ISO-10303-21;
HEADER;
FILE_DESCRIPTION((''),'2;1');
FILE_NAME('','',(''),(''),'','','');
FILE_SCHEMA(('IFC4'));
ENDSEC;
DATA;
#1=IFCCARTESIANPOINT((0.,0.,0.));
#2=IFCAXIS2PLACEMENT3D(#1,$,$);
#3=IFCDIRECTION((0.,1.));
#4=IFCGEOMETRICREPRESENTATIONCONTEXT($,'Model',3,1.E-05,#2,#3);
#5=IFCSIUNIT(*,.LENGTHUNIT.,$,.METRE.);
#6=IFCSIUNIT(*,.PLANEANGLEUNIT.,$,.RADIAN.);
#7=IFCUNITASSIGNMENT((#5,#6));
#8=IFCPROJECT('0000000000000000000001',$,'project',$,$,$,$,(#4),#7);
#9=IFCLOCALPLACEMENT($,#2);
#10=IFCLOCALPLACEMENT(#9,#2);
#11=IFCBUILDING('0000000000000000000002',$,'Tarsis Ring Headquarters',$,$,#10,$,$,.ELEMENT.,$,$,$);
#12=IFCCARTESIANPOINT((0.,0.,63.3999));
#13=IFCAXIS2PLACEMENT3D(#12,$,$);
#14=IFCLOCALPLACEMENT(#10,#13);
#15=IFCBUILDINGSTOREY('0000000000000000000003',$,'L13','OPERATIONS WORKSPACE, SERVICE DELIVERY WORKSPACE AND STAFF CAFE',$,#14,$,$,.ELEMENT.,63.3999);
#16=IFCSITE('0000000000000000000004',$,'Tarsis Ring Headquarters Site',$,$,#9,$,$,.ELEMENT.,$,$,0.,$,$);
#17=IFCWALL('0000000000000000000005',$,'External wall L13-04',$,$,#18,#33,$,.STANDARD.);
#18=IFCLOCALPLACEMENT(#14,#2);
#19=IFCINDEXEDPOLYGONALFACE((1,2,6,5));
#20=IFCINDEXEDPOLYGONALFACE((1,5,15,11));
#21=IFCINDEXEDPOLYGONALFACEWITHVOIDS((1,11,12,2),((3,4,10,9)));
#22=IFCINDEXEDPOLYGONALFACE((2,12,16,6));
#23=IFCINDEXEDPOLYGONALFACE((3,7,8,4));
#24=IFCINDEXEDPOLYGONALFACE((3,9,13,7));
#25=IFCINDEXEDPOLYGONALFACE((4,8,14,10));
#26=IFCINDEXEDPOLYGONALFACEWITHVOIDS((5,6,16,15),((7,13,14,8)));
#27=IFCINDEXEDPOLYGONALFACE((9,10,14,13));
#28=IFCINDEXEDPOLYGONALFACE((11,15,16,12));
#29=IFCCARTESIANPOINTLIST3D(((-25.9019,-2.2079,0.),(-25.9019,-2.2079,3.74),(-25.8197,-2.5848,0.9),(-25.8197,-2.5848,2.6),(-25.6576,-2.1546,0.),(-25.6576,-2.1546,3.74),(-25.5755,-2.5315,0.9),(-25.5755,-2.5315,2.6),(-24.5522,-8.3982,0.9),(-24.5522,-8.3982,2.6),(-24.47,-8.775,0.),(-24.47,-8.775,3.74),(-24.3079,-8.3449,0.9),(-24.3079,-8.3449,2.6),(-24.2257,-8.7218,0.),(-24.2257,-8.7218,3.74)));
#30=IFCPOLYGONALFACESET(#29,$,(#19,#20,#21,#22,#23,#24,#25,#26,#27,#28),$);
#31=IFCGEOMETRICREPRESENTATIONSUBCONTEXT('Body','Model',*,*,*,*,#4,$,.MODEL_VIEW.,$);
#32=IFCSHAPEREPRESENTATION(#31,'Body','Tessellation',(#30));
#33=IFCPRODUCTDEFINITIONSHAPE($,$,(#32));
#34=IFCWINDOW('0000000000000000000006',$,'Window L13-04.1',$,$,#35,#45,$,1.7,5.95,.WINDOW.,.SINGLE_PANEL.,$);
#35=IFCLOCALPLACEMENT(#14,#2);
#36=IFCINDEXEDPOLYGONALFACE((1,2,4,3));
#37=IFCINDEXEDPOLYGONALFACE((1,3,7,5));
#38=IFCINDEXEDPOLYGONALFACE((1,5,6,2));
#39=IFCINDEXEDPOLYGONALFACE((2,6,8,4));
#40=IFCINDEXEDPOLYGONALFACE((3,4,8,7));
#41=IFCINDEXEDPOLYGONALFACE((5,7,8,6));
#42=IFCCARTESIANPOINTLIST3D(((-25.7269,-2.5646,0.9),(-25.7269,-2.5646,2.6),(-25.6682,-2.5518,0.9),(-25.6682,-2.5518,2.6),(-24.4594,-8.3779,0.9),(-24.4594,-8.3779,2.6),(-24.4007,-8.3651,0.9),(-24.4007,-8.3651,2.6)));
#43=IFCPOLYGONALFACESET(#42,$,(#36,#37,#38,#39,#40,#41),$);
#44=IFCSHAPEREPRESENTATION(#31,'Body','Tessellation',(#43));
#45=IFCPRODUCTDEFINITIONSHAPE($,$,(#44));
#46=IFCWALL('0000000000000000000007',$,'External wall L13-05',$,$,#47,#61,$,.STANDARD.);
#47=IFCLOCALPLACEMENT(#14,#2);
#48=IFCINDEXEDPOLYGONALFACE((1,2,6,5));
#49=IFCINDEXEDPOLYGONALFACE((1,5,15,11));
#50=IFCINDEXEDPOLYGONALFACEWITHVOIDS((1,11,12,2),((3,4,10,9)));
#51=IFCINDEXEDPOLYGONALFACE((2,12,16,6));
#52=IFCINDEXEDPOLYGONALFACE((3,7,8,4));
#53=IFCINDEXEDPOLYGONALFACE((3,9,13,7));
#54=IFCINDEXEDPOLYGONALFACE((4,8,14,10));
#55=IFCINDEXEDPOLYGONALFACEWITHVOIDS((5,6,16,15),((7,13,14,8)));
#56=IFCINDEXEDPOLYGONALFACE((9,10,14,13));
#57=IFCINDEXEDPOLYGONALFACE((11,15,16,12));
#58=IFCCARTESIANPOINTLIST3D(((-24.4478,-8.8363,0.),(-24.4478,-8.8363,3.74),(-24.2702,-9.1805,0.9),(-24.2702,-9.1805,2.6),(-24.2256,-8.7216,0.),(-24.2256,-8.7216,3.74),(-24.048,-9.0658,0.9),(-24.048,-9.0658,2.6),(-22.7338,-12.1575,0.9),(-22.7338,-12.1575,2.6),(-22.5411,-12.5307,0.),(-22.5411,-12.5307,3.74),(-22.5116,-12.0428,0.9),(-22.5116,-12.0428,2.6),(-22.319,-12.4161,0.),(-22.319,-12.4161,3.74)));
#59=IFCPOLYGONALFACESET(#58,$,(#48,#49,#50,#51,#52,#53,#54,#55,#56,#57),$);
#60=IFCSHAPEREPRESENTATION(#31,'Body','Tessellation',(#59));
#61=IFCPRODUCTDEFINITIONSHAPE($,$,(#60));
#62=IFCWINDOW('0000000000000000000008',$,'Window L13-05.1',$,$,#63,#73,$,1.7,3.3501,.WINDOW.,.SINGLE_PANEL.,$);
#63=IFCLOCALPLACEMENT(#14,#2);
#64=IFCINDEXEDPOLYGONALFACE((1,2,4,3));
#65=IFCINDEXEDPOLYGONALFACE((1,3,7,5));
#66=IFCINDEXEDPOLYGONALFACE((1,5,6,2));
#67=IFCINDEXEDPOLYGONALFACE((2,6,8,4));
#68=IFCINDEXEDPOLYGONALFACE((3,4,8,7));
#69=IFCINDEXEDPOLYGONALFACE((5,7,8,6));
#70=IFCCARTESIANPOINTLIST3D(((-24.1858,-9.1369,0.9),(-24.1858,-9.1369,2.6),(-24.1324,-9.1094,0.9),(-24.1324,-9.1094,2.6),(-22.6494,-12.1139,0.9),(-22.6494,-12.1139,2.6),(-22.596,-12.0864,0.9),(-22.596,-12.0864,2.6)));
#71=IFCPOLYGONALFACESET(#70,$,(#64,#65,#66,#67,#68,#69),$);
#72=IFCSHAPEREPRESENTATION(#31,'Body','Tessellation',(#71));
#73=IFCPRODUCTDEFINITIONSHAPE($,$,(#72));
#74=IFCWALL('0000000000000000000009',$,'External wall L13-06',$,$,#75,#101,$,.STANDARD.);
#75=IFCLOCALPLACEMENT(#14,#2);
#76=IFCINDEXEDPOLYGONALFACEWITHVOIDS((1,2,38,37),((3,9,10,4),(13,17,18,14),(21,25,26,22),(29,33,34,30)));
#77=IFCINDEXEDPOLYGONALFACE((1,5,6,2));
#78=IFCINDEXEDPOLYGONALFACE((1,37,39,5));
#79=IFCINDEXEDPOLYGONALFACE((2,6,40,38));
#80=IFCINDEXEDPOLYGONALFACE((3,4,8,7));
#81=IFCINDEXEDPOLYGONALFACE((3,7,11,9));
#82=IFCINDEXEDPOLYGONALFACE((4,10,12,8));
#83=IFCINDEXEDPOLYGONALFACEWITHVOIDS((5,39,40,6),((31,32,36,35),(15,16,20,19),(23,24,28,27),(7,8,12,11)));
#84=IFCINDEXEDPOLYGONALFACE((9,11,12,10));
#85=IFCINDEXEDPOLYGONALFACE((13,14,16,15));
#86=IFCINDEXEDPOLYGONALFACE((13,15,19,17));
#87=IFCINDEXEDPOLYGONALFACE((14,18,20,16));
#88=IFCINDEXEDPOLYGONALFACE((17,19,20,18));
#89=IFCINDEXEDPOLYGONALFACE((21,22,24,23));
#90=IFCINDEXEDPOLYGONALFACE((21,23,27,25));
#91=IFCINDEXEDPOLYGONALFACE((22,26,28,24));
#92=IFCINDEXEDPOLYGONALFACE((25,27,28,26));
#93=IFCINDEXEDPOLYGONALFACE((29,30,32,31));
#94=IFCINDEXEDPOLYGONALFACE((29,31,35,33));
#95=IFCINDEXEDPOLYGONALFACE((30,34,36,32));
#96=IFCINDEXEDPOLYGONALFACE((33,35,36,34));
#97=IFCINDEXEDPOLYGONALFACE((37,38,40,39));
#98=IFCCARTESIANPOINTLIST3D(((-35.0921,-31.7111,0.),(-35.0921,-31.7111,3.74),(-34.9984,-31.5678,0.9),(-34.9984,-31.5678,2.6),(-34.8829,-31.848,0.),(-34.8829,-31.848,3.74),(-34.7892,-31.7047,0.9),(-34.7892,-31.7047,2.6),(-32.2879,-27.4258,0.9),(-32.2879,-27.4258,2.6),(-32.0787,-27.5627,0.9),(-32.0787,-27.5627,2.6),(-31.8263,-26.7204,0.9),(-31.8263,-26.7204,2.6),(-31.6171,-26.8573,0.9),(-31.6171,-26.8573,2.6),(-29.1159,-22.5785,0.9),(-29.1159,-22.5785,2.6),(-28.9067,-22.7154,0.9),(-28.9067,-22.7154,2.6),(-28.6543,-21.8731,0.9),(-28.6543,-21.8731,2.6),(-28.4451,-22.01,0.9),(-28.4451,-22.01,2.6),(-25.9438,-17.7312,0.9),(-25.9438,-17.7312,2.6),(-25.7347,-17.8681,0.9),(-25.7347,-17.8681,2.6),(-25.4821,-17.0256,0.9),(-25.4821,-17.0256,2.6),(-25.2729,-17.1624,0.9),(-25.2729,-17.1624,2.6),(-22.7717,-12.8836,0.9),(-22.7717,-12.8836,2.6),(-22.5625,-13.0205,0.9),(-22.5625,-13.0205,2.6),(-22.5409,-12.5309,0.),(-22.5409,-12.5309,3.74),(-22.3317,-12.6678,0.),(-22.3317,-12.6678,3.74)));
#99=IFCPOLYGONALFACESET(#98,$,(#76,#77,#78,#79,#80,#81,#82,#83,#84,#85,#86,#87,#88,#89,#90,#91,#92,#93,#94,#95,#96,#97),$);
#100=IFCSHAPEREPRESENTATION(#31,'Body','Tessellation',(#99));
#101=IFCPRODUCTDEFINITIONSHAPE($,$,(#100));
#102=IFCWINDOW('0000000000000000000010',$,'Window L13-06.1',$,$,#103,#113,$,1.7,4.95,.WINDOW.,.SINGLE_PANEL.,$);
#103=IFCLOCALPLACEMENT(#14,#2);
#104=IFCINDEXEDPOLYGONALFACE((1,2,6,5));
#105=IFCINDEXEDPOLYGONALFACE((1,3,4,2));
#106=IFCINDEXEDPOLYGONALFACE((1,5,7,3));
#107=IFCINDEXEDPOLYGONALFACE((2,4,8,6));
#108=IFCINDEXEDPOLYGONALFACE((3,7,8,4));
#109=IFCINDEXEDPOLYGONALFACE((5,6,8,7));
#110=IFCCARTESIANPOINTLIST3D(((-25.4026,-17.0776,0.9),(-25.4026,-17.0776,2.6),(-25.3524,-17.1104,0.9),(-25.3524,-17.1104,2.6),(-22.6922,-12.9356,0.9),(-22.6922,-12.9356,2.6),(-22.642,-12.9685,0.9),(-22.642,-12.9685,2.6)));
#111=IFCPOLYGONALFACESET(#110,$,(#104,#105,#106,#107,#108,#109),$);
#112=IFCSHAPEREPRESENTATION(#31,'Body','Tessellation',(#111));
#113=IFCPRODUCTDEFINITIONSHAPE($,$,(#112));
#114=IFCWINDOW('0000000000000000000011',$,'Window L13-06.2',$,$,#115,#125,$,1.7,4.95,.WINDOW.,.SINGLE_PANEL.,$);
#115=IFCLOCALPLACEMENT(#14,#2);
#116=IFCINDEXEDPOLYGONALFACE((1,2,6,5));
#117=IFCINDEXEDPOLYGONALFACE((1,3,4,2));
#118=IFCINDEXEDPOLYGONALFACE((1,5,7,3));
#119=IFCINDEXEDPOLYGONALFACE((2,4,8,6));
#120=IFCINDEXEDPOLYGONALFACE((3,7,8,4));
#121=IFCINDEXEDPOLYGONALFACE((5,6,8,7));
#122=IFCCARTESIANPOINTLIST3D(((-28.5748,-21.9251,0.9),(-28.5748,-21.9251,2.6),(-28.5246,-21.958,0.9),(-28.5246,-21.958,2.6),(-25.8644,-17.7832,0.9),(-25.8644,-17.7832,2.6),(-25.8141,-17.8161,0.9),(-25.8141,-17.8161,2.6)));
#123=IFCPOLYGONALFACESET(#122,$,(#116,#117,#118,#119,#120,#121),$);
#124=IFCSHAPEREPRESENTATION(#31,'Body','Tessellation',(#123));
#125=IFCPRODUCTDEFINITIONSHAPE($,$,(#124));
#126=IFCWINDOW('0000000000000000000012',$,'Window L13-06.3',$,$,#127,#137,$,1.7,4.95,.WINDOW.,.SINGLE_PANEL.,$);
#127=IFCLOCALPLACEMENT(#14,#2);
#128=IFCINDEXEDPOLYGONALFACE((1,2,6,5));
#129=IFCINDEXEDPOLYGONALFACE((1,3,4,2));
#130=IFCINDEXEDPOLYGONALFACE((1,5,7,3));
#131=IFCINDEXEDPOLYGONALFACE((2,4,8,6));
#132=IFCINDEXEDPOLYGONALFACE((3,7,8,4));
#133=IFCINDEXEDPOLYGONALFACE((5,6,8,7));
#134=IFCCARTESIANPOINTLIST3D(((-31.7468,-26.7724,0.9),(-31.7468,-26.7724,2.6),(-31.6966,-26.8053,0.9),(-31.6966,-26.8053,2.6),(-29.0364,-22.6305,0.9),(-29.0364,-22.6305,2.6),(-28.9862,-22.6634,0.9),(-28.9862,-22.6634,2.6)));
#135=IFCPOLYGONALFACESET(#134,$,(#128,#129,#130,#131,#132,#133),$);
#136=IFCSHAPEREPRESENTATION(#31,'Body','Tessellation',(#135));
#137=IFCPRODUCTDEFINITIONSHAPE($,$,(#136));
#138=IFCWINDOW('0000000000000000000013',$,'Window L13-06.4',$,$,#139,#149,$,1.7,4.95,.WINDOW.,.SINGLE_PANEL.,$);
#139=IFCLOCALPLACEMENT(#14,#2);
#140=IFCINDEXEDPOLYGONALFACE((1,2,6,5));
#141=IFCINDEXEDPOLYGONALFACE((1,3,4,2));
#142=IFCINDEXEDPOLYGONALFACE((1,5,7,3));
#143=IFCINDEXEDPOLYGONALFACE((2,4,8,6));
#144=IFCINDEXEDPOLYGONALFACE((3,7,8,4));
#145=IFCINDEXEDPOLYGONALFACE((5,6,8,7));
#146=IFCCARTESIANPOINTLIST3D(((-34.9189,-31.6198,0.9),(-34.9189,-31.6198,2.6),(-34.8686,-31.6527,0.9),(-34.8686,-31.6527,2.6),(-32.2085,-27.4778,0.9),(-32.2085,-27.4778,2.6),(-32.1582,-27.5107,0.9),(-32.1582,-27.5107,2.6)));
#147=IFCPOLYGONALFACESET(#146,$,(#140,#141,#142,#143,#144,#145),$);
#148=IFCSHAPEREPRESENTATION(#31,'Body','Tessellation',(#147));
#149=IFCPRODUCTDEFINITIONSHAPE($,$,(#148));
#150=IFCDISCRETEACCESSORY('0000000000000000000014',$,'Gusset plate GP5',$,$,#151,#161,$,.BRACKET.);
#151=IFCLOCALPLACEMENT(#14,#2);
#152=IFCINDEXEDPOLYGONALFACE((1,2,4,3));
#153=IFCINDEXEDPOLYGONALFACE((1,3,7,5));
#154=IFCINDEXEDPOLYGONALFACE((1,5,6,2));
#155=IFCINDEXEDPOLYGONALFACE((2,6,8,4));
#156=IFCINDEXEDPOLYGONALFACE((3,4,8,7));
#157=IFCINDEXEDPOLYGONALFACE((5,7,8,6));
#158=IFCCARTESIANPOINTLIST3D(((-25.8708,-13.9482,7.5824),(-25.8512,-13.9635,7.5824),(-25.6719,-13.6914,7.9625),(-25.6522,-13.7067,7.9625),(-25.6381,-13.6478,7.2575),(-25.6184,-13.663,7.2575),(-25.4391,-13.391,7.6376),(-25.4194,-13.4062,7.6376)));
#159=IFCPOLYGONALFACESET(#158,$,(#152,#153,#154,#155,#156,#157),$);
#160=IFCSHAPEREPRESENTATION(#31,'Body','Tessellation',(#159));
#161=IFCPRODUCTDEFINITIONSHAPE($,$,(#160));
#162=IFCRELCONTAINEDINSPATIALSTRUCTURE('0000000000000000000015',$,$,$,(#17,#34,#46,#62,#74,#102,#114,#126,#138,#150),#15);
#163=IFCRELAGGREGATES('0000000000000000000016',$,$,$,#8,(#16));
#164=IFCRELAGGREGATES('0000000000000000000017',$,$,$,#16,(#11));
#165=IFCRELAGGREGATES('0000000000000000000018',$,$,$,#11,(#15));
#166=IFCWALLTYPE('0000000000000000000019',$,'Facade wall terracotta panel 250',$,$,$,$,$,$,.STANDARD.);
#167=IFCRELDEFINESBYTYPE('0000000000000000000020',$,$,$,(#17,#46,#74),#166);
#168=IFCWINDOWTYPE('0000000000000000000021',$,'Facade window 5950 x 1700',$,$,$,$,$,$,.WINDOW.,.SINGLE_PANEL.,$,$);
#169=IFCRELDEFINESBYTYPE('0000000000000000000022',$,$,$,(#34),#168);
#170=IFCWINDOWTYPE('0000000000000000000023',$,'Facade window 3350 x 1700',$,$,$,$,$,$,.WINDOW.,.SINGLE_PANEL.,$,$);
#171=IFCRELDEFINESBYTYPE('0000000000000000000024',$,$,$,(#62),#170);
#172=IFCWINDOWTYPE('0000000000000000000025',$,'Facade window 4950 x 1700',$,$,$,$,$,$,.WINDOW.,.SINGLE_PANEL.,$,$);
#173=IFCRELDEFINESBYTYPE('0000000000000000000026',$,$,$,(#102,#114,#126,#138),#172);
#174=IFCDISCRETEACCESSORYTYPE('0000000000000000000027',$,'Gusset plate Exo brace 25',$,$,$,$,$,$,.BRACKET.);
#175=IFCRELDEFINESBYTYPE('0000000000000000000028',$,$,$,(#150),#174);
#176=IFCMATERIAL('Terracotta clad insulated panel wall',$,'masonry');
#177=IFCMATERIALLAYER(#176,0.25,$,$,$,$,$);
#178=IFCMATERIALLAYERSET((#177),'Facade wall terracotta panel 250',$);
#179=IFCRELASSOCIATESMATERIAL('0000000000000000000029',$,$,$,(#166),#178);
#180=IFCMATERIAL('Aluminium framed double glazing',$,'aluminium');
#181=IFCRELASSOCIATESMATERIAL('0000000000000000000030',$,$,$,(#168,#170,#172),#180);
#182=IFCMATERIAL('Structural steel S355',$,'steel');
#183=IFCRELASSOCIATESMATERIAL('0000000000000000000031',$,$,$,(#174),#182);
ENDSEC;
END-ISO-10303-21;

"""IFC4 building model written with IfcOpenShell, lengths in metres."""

from ifc_helpers import new_model, si_unit, direction, frame, frame_2d, origin, origin_2d, place, context, subcontext, project, spatial, rectangle, extrude, material, layer, layer_set, material_profile, profile_set, type_object, element, fill, save


model = new_model("IFC4")

# Units and contexts
model_context = context("Model", 3, precision=1e-05, world=origin(), true_north=direction((0.0, 1.0)))
body_context = subcontext(model_context, "Body", "Model", "MODEL_VIEW")
ifc_project = project(units=[si_unit("LENGTHUNIT", "METRE"), si_unit("PLANEANGLEUNIT", "RADIAN")], contexts=[model_context])

# Site, building, storey
site_placement = place(None, origin())
site = spatial("IfcSite", under=ifc_project, at=site_placement, Name="Tarsis Ring Headquarters Site", CompositionType="ELEMENT", RefElevation=0.0)
building_placement = place(site_placement, origin())
building = spatial("IfcBuilding", under=site, at=building_placement, Name="Tarsis Ring Headquarters", CompositionType="ELEMENT")
storey_placement = place(building_placement, frame((0.0, 0.0, 63.3999)))
storey = spatial("IfcBuildingStorey", under=building, at=storey_placement, Name="L13", Description="OPERATIONS WORKSPACE, SERVICE DELIVERY WORKSPACE AND STAFF CAFE", CompositionType="ELEMENT", Elevation=63.3999)

# Shared definitions
ifc_material_1 = material(Name="Structural steel S355", Category="steel")

# Walls, openings, windows
ifc_material_2 = material(Name="Terracotta clad insulated panel wall", Category="masonry")
ifc_layer_1 = layer(ifc_material_2, 0.25)
ifc_layer_set_1 = layer_set([ifc_layer_1], Name="Facade wall terracotta panel 250")
wall_type_1 = type_object("IfcWallType", Name="Facade wall terracotta panel 250", PredefinedType="STANDARD", material=ifc_layer_set_1)
wall_1_placement = place(storey_placement, frame((-25.7798, -2.1812, 0.0), z_axis=(0.0, 0.0, 1.0), x_axis=(0.213033, -0.977045, 0.0)))
wall_1 = element("IfcWall", 1, at=wall_1_placement, inside=storey, type_object=wall_type_1, Name="External wall L13-04", PredefinedType="STANDARD", context=body_context, shape_type="SweptSolid", body=[
    extrude(rectangle(XDim=6.7214, YDim=0.25, at=frame_2d((3.3608, 0.0))), origin(), (0.0, 0.0, 1.0), 3.74),
])
opening_1_placement = place(wall_1_placement, frame((0.3857, 0.0, 0.8999)))
opening_1 = element("IfcOpeningElement", 2, at=opening_1_placement, cuts=wall_1, PredefinedType="OPENING", context=body_context, shape_type="SweptSolid", body=[
    extrude(rectangle(XDim=5.95, YDim=1.7, at=frame_2d((2.9751, 0.8501))), frame((0.0, 0.135, 0.0), z_axis=(0.0, -1.0, 0.0), x_axis=(1.0, 0.0, 0.0)), (0.0, 0.0, 1.0), 0.27),
])
ifc_material_3 = material(Name="Aluminium framed double glazing", Category="aluminium")
window_type_1 = type_object("IfcWindowType", Name="Facade window 5950 x 1700", PartitioningType="SINGLE_PANEL", PredefinedType="WINDOW", material=ifc_material_3)
window_1_placement = place(opening_1_placement, origin())
window_1 = element("IfcWindow", 3, at=window_1_placement, inside=storey, type_object=window_type_1, Name="Window L13-04.1", OverallHeight=1.7, OverallWidth=5.95, PartitioningType="SINGLE_PANEL", PredefinedType="WINDOW", context=body_context, shape_type="SweptSolid", body=[
    extrude(rectangle(XDim=5.95, YDim=1.7, at=frame_2d((2.9751, 0.8501))), frame((0.0, 0.03, 0.0), z_axis=(0.0, -1.0, 0.0), x_axis=(1.0, 0.0, 0.0)), (0.0, 0.0, 1.0), 0.0601),
])
fill(opening_1, window_1)
wall_2_placement = place(storey_placement, frame((-24.3367, -8.7791, 0.0), z_axis=(0.0, 0.0, 1.0), x_axis=(0.458616, -0.888635, 0.0)))
wall_2 = element("IfcWall", 4, at=wall_2_placement, inside=storey, type_object=wall_type_1, Name="External wall L13-05", PredefinedType="STANDARD", context=body_context, shape_type="SweptSolid", body=[
    extrude(rectangle(XDim=4.1575, YDim=0.25, at=frame_2d((2.0786, 0.0))), origin(), (0.0, 0.0, 1.0), 3.74),
])
opening_2_placement = place(wall_2_placement, frame((0.3872, 0.0, 0.8999)))
opening_2 = element("IfcOpeningElement", 5, at=opening_2_placement, cuts=wall_2, PredefinedType="OPENING", context=body_context, shape_type="SweptSolid", body=[
    extrude(rectangle(XDim=3.3501, YDim=1.7, at=frame_2d((1.675, 0.8501))), frame((0.0, 0.135, 0.0), z_axis=(0.0, -1.0, 0.0), x_axis=(1.0, 0.0, 0.0)), (0.0, 0.0, 1.0), 0.27),
])
window_type_2 = type_object("IfcWindowType", Name="Facade window 3350 x 1700", PartitioningType="SINGLE_PANEL", PredefinedType="WINDOW", material=ifc_material_3)
window_2_placement = place(opening_2_placement, origin())
window_2 = element("IfcWindow", 6, at=window_2_placement, inside=storey, type_object=window_type_2, Name="Window L13-05.1", OverallHeight=1.7, OverallWidth=3.3501, PartitioningType="SINGLE_PANEL", PredefinedType="WINDOW", context=body_context, shape_type="SweptSolid", body=[
    extrude(rectangle(XDim=3.3501, YDim=1.7, at=frame_2d((1.675, 0.8501))), frame((0.0, 0.03, 0.0), z_axis=(0.0, -1.0, 0.0), x_axis=(1.0, 0.0, 0.0)), (0.0, 0.0, 1.0), 0.0601),
])
fill(opening_2, window_2)

# Wall, openings, windows
wall_3_placement = place(storey_placement, frame((-22.4363, -12.5994, 0.0), z_axis=(0.0, 0.0, 1.0), x_axis=(-0.547567, -0.836762, 0.0)))
wall_3 = element("IfcWall", 7, at=wall_3_placement, inside=storey, type_object=wall_type_1, Name="External wall L13-06", PredefinedType="STANDARD", context=body_context, shape_type="SweptSolid", body=[
    extrude(rectangle(XDim=22.9219, YDim=0.25, at=frame_2d((11.4609, 0.0))), origin(), (0.0, 0.0, 1.0), 3.74),
])
opening_3_placement = place(wall_3_placement, frame((0.4214, 0.0, 0.8999)))
opening_3 = element("IfcOpeningElement", 8, at=opening_3_placement, cuts=wall_3, PredefinedType="OPENING", context=body_context, shape_type="SweptSolid", body=[
    extrude(rectangle(XDim=4.95, YDim=1.7, at=frame_2d((2.4751, 0.8501))), frame((0.0, 0.135, 0.0), z_axis=(0.0, -1.0, 0.0), x_axis=(1.0, 0.0, 0.0)), (0.0, 0.0, 1.0), 0.27),
])
opening_4_placement = place(wall_3_placement, frame((6.2146, 0.0, 0.8999)))
opening_4 = element("IfcOpeningElement", 9, at=opening_4_placement, cuts=wall_3, PredefinedType="OPENING", context=body_context, shape_type="SweptSolid", body=[
    extrude(rectangle(XDim=4.95, YDim=1.7, at=frame_2d((2.4751, 0.8501))), frame((0.0, 0.135, 0.0), z_axis=(0.0, -1.0, 0.0), x_axis=(1.0, 0.0, 0.0)), (0.0, 0.0, 1.0), 0.27),
])
opening_5_placement = place(wall_3_placement, frame((12.0076, 0.0, 0.8999)))
opening_5 = element("IfcOpeningElement", 10, at=opening_5_placement, cuts=wall_3, PredefinedType="OPENING", context=body_context, shape_type="SweptSolid", body=[
    extrude(rectangle(XDim=4.95, YDim=1.7, at=frame_2d((2.4751, 0.8501))), frame((0.0, 0.135, 0.0), z_axis=(0.0, -1.0, 0.0), x_axis=(1.0, 0.0, 0.0)), (0.0, 0.0, 1.0), 0.27),
])
opening_6_placement = place(wall_3_placement, frame((17.8005, 0.0, 0.8999)))
opening_6 = element("IfcOpeningElement", 11, at=opening_6_placement, cuts=wall_3, PredefinedType="OPENING", context=body_context, shape_type="SweptSolid", body=[
    extrude(rectangle(XDim=4.95, YDim=1.7, at=frame_2d((2.4751, 0.8501))), frame((0.0, 0.135, 0.0), z_axis=(0.0, -1.0, 0.0), x_axis=(1.0, 0.0, 0.0)), (0.0, 0.0, 1.0), 0.27),
])
window_type_3 = type_object("IfcWindowType", Name="Facade window 4950 x 1700", PartitioningType="SINGLE_PANEL", PredefinedType="WINDOW", material=ifc_material_3)
window_3_placement = place(opening_3_placement, origin())
window_3 = element("IfcWindow", 12, at=window_3_placement, inside=storey, type_object=window_type_3, Name="Window L13-06.1", OverallHeight=1.7, OverallWidth=4.95, PartitioningType="SINGLE_PANEL", PredefinedType="WINDOW", context=body_context, shape_type="SweptSolid", body=[
    extrude(rectangle(XDim=4.95, YDim=1.7, at=frame_2d((2.4751, 0.8501))), frame((0.0, 0.03, 0.0), z_axis=(0.0, -1.0, 0.0), x_axis=(1.0, 0.0, 0.0)), (0.0, 0.0, 1.0), 0.0601),
])
fill(opening_3, window_3)
window_4_placement = place(opening_4_placement, origin())
window_4 = element("IfcWindow", 13, at=window_4_placement, inside=storey, type_object=window_type_3, Name="Window L13-06.2", OverallHeight=1.7, OverallWidth=4.95, PartitioningType="SINGLE_PANEL", PredefinedType="WINDOW", context=body_context, shape_type="SweptSolid", body=[
    extrude(rectangle(XDim=4.95, YDim=1.7, at=frame_2d((2.4751, 0.8501))), frame((0.0, 0.03, 0.0), z_axis=(0.0, -1.0, 0.0), x_axis=(1.0, 0.0, 0.0)), (0.0, 0.0, 1.0), 0.0601),
])
fill(opening_4, window_4)
window_5_placement = place(opening_5_placement, origin())
window_5 = element("IfcWindow", 14, at=window_5_placement, inside=storey, type_object=window_type_3, Name="Window L13-06.3", OverallHeight=1.7, OverallWidth=4.95, PartitioningType="SINGLE_PANEL", PredefinedType="WINDOW", context=body_context, shape_type="SweptSolid", body=[
    extrude(rectangle(XDim=4.95, YDim=1.7, at=frame_2d((2.4751, 0.8501))), frame((0.0, 0.03, 0.0), z_axis=(0.0, -1.0, 0.0), x_axis=(1.0, 0.0, 0.0)), (0.0, 0.0, 1.0), 0.0601),
])
fill(opening_5, window_5)
window_6_placement = place(opening_6_placement, origin())
window_6 = element("IfcWindow", 15, at=window_6_placement, inside=storey, type_object=window_type_3, Name="Window L13-06.4", OverallHeight=1.7, OverallWidth=4.95, PartitioningType="SINGLE_PANEL", PredefinedType="WINDOW", context=body_context, shape_type="SweptSolid", body=[
    extrude(rectangle(XDim=4.95, YDim=1.7, at=frame_2d((2.4751, 0.8501))), frame((0.0, 0.03, 0.0), z_axis=(0.0, -1.0, 0.0), x_axis=(1.0, 0.0, 0.0)), (0.0, 0.0, 1.0), 0.0601),
])
fill(opening_6, window_6)

# Discrete accessory
ifc_material_profile_1 = material_profile(ifc_material_1, rectangle(XDim=0.0249, YDim=0.5, at=origin_2d()), Name="PL 25x500")
ifc_profile_set_1 = profile_set([ifc_material_profile_1], Name="Structural steel S355")
discrete_accessory_type = type_object("IfcDiscreteAccessoryType", Name="Gusset plate Exo brace 25", PredefinedType="BRACKET", material=ifc_profile_set_1)
discrete_accessory_placement = place(storey_placement, frame((-25.5457, -13.5488, 7.8), z_axis=(-0.397908, -0.513618, -0.760175), x_axis=(0.790524, -0.612431, 0.0)))
element("IfcDiscreteAccessory", 16, at=discrete_accessory_placement, inside=storey, type_object=discrete_accessory_type, Name="Gusset plate GP5", PredefinedType="BRACKET", context=body_context, shape_type="SweptSolid", body=[
    extrude(rectangle(XDim=0.0249, YDim=0.5, at=origin_2d()), origin(), (0.0, 0.0, 1.0), 0.5),
])

save(model, "model.ifc")
